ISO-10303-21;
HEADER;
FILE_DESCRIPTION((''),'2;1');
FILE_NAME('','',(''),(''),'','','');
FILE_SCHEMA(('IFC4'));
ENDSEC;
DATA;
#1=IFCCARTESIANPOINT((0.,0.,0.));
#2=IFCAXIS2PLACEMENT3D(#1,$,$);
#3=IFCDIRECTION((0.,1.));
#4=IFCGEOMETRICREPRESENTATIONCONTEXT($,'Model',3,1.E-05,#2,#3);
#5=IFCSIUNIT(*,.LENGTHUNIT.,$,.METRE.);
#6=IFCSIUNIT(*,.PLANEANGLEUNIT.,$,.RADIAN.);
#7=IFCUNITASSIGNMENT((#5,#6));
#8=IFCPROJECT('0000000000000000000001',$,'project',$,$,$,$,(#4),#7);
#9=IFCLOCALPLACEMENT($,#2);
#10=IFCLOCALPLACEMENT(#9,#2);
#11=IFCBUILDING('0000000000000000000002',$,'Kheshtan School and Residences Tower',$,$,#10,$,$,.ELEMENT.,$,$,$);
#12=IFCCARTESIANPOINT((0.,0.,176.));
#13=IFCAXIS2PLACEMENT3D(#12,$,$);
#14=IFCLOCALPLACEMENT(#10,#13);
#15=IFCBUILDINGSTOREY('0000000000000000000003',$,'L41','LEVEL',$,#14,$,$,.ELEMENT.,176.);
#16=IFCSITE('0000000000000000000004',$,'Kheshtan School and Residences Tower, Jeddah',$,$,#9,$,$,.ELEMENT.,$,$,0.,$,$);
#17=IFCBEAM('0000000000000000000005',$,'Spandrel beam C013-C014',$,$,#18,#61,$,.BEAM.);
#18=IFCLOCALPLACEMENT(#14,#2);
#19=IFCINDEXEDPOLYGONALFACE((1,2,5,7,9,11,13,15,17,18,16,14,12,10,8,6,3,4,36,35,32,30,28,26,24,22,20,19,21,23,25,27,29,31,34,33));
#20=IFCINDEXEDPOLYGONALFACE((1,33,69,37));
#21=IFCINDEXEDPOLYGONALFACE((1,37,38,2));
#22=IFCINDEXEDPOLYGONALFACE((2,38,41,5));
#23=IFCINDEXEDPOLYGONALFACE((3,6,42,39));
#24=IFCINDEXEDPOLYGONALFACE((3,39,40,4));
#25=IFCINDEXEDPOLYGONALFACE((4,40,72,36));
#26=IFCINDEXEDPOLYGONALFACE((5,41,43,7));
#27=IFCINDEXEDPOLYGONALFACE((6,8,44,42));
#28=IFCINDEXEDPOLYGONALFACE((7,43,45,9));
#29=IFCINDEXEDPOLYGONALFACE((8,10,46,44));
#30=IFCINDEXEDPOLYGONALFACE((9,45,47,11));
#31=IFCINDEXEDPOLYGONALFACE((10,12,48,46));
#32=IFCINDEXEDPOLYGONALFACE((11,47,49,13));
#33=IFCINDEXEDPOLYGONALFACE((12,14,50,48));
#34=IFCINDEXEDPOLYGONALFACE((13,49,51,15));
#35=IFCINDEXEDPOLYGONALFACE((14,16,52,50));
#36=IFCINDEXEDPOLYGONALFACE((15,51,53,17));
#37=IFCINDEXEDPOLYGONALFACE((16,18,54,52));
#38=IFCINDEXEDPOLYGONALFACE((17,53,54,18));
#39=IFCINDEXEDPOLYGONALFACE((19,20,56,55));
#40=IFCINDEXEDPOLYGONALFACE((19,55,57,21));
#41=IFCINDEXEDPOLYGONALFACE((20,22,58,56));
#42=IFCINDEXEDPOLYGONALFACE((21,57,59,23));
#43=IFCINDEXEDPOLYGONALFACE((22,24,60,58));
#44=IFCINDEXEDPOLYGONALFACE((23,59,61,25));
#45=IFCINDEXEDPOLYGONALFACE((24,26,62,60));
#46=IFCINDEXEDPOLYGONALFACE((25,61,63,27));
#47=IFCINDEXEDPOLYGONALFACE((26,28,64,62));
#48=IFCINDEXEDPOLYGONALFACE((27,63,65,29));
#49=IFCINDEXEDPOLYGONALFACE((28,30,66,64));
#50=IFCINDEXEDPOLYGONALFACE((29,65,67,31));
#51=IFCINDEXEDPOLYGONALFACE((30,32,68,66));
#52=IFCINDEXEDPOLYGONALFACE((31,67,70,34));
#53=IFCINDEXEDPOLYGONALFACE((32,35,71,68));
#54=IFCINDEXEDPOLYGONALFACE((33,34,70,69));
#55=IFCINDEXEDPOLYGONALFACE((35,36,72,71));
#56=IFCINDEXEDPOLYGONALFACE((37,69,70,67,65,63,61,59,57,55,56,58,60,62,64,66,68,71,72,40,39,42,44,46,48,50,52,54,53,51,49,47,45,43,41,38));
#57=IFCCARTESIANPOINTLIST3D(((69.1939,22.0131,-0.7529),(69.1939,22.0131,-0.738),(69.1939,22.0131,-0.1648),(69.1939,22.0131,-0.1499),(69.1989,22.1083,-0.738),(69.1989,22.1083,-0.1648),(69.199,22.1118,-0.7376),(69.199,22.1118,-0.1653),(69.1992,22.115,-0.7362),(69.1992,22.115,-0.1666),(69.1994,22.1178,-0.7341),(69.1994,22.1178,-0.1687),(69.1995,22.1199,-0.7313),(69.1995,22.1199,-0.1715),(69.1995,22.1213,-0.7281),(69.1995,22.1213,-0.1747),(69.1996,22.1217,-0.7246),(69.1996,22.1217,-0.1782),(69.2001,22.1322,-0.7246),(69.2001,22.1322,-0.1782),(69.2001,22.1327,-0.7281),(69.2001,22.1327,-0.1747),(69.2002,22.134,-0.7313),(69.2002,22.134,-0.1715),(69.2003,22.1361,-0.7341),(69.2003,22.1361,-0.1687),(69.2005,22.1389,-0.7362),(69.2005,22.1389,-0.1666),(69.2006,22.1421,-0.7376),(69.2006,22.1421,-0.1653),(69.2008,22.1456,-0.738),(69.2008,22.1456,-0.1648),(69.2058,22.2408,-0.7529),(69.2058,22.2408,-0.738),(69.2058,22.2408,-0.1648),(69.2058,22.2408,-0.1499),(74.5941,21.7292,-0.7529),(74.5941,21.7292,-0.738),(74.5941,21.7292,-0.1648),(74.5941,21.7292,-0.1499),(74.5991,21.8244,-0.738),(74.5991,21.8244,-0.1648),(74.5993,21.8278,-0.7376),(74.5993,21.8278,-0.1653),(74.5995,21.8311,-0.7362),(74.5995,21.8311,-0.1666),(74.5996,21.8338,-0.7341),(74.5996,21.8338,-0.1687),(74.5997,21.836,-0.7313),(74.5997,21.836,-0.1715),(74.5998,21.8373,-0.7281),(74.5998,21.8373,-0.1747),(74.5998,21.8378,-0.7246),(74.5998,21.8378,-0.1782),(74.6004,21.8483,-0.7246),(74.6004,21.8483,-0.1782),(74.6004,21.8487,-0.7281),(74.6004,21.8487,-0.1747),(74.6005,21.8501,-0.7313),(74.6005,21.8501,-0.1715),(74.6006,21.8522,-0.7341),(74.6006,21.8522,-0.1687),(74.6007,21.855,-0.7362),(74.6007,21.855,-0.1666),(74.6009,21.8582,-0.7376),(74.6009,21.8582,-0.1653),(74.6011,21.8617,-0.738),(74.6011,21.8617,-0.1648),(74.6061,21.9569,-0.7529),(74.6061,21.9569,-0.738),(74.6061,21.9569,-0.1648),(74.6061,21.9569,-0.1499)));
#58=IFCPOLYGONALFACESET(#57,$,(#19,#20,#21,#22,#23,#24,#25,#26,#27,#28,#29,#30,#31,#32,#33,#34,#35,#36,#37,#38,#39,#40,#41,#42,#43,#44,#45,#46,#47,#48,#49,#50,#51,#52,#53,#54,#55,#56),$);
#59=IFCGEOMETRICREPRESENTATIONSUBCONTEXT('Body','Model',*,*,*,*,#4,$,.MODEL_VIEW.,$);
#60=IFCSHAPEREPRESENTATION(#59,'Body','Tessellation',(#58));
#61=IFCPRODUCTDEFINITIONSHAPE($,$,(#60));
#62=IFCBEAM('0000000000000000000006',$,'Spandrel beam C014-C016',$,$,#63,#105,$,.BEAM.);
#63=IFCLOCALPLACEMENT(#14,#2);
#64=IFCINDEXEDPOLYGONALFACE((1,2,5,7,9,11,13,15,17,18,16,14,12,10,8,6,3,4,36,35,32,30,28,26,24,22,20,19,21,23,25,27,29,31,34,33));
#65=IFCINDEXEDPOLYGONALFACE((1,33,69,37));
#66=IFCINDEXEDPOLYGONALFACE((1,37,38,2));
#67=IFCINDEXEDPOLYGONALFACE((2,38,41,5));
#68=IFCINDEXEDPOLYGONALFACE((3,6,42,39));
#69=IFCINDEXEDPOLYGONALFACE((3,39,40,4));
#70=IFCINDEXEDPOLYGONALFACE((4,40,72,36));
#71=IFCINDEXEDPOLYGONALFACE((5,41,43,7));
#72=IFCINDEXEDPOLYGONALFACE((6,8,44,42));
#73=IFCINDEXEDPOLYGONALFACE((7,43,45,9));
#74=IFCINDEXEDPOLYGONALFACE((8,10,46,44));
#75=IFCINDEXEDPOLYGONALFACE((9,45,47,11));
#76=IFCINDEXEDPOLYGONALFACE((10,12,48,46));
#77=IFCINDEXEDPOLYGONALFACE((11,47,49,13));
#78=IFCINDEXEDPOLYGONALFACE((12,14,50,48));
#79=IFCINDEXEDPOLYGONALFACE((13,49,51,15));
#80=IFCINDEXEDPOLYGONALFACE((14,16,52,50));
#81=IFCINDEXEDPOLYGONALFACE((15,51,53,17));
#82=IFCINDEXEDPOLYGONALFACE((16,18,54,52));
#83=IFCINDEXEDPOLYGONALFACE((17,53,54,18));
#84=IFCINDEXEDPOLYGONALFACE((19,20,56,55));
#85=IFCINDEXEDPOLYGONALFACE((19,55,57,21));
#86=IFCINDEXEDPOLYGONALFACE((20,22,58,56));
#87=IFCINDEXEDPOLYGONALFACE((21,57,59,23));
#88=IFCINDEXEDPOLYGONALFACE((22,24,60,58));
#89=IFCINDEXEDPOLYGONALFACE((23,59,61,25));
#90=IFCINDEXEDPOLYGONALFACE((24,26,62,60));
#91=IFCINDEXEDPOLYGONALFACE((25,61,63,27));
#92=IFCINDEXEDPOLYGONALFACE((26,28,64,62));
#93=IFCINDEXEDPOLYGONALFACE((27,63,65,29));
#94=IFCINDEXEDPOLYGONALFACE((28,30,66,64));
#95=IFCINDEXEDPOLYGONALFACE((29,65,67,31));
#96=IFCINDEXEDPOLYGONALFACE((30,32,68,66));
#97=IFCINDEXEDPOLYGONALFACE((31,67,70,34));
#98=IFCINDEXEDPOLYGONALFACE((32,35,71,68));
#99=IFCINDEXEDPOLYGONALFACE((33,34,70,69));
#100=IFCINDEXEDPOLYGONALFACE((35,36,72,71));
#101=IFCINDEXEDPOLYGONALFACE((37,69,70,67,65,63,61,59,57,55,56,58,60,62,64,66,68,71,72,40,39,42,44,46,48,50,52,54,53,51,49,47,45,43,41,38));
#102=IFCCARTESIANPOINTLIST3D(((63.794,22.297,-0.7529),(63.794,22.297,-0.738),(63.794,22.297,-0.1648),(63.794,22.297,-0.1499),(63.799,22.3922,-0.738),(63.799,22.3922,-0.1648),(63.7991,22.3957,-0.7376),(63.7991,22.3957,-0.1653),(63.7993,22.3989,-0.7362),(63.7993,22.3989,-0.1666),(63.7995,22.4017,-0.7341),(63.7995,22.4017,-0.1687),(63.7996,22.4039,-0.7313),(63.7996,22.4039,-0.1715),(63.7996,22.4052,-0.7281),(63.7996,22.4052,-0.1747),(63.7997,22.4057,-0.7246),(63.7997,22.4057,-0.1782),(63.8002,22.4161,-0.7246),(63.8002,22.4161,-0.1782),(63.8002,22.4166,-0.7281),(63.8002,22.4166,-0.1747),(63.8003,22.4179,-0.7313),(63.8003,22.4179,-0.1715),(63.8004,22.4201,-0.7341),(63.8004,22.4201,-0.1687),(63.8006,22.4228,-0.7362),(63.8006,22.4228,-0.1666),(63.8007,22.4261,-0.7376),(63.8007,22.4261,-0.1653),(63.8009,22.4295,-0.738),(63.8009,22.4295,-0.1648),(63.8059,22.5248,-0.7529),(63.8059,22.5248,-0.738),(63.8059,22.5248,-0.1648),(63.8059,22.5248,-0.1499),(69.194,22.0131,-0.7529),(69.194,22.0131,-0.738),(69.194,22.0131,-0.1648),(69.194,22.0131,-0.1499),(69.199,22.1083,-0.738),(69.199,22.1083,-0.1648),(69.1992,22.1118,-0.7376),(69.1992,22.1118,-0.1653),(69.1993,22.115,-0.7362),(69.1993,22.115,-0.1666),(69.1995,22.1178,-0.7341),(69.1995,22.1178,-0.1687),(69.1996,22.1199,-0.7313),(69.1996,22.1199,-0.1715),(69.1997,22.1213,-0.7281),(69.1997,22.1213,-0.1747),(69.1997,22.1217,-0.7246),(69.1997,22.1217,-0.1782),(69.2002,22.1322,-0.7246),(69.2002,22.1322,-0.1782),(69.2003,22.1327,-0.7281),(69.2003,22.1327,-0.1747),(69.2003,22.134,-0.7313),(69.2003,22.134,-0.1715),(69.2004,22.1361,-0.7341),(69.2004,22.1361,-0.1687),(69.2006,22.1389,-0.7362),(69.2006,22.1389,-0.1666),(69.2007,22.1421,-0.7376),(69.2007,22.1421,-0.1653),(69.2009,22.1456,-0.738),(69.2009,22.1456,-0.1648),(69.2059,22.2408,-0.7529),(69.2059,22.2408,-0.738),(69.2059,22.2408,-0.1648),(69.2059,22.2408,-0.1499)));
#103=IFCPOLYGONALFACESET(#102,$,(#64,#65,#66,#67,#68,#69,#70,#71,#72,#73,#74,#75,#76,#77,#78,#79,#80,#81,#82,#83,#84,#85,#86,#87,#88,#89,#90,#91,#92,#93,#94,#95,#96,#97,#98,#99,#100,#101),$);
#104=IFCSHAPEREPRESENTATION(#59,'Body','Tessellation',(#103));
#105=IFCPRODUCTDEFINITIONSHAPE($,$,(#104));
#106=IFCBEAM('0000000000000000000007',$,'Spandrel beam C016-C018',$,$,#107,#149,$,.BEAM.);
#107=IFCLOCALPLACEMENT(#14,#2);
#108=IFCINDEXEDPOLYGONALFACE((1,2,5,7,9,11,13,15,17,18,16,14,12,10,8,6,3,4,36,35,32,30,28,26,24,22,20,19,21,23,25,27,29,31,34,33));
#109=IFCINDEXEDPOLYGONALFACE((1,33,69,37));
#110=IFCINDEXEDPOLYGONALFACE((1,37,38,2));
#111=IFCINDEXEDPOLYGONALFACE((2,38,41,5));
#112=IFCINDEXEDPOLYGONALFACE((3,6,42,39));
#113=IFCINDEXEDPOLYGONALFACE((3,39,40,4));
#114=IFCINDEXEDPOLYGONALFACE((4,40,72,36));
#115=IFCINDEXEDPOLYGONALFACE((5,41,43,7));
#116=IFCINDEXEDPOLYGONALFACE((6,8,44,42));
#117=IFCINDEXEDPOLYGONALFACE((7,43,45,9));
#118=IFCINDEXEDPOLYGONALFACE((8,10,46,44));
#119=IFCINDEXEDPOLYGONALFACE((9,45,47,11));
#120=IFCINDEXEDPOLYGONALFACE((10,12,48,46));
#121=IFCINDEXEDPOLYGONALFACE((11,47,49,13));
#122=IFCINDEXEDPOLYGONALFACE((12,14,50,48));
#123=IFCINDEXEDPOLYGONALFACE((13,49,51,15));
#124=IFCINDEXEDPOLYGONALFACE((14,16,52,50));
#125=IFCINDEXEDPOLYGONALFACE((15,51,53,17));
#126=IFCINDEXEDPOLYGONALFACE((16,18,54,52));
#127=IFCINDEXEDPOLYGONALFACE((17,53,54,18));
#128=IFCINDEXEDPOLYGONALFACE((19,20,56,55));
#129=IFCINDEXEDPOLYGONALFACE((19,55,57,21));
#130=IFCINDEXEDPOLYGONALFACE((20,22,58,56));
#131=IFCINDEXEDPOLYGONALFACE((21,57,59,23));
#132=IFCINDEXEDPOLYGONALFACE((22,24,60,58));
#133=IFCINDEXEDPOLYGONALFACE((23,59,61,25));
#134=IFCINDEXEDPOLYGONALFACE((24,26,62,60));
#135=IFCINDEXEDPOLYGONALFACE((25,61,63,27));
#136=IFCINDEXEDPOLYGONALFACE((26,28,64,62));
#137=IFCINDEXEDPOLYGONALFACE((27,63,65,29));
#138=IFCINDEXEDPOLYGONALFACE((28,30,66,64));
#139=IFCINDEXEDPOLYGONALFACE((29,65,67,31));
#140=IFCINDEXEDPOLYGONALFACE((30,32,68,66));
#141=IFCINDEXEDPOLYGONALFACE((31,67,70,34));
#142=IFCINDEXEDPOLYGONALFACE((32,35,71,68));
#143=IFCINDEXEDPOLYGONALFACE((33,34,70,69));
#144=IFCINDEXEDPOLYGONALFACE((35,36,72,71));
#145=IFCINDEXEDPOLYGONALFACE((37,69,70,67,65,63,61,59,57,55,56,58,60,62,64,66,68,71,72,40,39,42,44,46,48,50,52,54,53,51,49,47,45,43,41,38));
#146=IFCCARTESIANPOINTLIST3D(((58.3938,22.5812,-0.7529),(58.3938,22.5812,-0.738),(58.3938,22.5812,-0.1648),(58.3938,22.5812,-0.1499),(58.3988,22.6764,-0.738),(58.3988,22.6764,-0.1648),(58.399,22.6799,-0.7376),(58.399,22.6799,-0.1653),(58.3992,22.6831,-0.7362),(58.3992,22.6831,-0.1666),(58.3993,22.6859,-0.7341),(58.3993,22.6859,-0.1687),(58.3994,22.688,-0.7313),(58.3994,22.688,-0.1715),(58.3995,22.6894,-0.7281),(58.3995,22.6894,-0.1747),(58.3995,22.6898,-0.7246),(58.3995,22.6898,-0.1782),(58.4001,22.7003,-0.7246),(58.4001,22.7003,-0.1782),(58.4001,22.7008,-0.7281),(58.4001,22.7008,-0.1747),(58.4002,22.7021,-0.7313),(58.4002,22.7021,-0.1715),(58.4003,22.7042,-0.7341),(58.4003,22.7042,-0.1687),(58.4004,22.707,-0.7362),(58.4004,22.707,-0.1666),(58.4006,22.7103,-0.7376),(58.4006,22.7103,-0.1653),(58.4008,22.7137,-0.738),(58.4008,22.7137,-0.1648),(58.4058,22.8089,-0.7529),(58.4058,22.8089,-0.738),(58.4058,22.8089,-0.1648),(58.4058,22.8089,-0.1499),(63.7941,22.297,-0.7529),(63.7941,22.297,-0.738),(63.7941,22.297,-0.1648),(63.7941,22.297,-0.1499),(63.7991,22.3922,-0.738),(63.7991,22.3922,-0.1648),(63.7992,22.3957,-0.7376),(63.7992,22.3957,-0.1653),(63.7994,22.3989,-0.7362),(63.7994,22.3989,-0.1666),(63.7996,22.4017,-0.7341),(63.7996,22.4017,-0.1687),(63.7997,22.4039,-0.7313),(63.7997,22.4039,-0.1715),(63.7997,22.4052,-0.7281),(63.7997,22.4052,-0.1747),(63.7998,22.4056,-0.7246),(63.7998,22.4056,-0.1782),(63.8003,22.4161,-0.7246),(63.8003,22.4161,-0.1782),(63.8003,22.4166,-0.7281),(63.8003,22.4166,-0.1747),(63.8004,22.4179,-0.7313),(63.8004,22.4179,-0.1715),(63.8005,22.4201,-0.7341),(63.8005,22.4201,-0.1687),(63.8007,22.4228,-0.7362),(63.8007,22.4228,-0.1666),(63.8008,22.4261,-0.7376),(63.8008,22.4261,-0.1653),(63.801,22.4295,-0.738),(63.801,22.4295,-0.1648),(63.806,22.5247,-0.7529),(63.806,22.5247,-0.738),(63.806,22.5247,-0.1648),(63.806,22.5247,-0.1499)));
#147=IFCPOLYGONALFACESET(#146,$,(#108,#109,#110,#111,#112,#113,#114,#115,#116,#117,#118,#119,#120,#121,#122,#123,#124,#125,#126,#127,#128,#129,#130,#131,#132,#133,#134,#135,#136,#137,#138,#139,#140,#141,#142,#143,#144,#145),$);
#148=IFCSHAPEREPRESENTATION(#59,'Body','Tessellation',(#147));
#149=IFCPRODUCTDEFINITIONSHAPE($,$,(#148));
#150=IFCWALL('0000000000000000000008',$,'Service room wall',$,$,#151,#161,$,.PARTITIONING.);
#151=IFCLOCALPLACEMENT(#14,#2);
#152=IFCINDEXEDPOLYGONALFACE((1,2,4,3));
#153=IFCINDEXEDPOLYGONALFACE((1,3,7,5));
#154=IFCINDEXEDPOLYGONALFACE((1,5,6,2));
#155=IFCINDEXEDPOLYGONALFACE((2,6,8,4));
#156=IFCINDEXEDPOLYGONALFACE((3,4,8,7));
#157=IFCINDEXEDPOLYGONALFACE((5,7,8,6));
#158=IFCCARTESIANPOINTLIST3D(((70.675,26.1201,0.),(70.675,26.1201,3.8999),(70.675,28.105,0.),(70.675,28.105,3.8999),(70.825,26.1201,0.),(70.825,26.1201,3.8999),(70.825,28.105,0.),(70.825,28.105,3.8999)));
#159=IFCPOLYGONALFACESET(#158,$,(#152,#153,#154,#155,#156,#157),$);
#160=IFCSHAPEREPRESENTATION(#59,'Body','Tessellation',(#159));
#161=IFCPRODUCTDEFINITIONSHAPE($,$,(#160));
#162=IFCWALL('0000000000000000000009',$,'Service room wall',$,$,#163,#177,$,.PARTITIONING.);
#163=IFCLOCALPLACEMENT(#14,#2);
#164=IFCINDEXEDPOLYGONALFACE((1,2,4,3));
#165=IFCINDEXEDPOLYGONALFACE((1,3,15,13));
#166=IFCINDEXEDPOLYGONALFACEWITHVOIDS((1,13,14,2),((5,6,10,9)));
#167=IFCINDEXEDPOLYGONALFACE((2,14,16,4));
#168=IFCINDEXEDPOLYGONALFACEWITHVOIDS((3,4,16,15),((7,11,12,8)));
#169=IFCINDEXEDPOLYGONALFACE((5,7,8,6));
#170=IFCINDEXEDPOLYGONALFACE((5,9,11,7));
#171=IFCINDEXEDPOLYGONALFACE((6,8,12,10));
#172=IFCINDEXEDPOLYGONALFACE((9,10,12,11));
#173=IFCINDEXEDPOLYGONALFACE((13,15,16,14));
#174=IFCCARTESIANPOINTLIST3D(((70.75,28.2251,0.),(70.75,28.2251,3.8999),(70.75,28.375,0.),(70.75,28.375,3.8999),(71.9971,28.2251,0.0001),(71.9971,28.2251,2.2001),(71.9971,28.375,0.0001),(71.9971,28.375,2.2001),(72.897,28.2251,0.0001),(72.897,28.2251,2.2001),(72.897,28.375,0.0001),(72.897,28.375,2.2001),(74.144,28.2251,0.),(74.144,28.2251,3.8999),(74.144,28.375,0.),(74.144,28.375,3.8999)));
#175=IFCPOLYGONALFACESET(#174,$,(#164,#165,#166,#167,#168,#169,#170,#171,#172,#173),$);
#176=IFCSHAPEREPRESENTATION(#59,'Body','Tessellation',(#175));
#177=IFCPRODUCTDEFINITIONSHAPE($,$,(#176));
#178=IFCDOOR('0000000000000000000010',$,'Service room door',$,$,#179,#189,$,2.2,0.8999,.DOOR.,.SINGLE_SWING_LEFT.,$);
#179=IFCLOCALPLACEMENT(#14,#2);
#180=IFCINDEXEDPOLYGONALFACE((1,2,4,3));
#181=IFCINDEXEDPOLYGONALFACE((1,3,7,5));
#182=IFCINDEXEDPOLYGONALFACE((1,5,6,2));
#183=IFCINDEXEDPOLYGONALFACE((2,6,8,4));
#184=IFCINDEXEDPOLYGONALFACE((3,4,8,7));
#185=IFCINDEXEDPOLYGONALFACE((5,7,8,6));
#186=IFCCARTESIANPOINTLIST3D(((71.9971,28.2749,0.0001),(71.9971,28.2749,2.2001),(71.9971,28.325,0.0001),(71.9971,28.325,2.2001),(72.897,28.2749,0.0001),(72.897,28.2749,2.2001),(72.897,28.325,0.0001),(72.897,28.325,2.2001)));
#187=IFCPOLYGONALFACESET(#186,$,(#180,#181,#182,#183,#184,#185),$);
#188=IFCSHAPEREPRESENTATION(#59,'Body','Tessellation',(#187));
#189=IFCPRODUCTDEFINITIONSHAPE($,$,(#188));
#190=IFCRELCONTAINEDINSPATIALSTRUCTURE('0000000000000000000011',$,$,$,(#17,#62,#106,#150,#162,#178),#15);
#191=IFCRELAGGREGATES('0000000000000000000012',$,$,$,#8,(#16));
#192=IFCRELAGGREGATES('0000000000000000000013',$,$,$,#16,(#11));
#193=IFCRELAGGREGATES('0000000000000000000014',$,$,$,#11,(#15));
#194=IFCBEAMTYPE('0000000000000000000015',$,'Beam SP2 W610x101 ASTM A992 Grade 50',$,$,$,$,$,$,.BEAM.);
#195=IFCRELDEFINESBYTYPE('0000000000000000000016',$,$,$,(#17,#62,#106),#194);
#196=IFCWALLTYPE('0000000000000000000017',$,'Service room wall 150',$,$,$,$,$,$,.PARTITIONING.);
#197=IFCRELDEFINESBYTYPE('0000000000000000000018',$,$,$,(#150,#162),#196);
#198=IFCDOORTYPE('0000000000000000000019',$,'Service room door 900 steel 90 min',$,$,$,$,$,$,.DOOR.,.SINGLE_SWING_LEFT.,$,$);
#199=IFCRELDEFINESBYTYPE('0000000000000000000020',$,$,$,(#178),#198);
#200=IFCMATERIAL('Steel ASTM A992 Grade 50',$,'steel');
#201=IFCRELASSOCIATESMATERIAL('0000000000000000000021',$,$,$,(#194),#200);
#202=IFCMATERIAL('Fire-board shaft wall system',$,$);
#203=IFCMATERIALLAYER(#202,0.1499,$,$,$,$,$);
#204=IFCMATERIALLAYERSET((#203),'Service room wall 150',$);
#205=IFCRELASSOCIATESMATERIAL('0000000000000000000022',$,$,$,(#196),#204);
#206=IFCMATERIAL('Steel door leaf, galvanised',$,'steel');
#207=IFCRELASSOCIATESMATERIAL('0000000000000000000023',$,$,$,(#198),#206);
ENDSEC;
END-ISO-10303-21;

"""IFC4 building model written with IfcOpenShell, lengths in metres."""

from ifc_helpers import new_model, si_unit, direction, frame, frame_2d, origin, origin_2d, place, context, subcontext, project, spatial, rectangle, i_section, extrude, source, transform, mapped, material, layer, layer_set, material_profile, profile_set, type_object, element, fill, save


model = new_model("IFC4")

# Units and contexts
model_context = context("Model", 3, precision=1e-05, world=origin(), true_north=direction((0.0, 1.0)))
body_context = subcontext(model_context, "Body", "Model", "MODEL_VIEW")
ifc_project = project(units=[si_unit("LENGTHUNIT", "METRE"), si_unit("PLANEANGLEUNIT", "RADIAN")], contexts=[model_context])

# Site, building, storey
site_placement = place(None, origin())
site = spatial("IfcSite", under=ifc_project, at=site_placement, Name="Kheshtan School and Residences Tower, Jeddah", CompositionType="ELEMENT", RefElevation=0.0)
building_placement = place(site_placement, origin())
building = spatial("IfcBuilding", under=site, at=building_placement, Name="Kheshtan School and Residences Tower", CompositionType="ELEMENT")
storey_placement = place(building_placement, frame((0.0, 0.0, 176.0)))
storey = spatial("IfcBuildingStorey", under=building, at=storey_placement, Name="L41", Description="LEVEL", CompositionType="ELEMENT", Elevation=176.0)

# Shared definitions
ifc_material_1 = material(Name="Steel ASTM A992 Grade 50", Category="steel")

# Beams
ifc_material_profile_1 = material_profile(ifc_material_1, i_section(OverallWidth=0.228, OverallDepth=0.603, WebThickness=0.0105, FlangeThickness=0.0149, FilletRadius=0.0134, at=origin_2d()), Name="W610x101")
ifc_profile_set_1 = profile_set([ifc_material_profile_1], Name="Steel ASTM A992 Grade 50")
beam_type_1 = type_object("IfcBeamType", Name="Beam SP2 W610x101 ASTM A992 Grade 50", PredefinedType="BEAM", material=ifc_profile_set_1)
beam_1_placement = place(storey_placement, frame((74.6001, 21.843, -0.4514), z_axis=(-0.998621, 0.052507, 0.0), x_axis=(-0.052507, -0.998621, 0.0)))
element("IfcBeam", 1, at=beam_1_placement, inside=storey, type_object=beam_type_1, Name="Spandrel beam C013-C014", PredefinedType="BEAM", context=body_context, shape_type="SweptSolid", body=[
    extrude(i_section(OverallWidth=0.228, OverallDepth=0.603, WebThickness=0.0105, FlangeThickness=0.0149, FilletRadius=0.0134, at=origin_2d()), origin(), (0.0, 0.0, 1.0), 5.4077),
])
beam_2_placement = place(storey_placement, frame((69.2, 22.127, -0.4514), z_axis=(-0.99862, 0.052509, 0.0), x_axis=(-0.052509, -0.99862, 0.0)))
element("IfcBeam", 2, at=beam_2_placement, inside=storey, type_object=beam_type_1, Name="Spandrel beam C014-C016", PredefinedType="BEAM", context=body_context, shape_type="SweptSolid", body=[
    extrude(i_section(OverallWidth=0.228, OverallDepth=0.603, WebThickness=0.0105, FlangeThickness=0.0149, FilletRadius=0.0134, at=origin_2d()), origin(), (0.0, 0.0, 1.0), 5.4075),
])
beam_3_placement = place(storey_placement, frame((63.8, 22.4109, -0.4514), z_axis=(-0.998618, 0.052552, 0.0), x_axis=(-0.052552, -0.998618, 0.0)))
element("IfcBeam", 3, at=beam_3_placement, inside=storey, type_object=beam_type_1, Name="Spandrel beam C016-C018", PredefinedType="BEAM", context=body_context, shape_type="SweptSolid", body=[
    extrude(i_section(OverallWidth=0.228, OverallDepth=0.603, WebThickness=0.0105, FlangeThickness=0.0149, FilletRadius=0.0134, at=origin_2d()), origin(), (0.0, 0.0, 1.0), 5.4077),
])

# Wall
ifc_material_2 = material(Name="Fire-board shaft wall system")
ifc_layer_1 = layer(ifc_material_2, 0.1499)
ifc_layer_set_1 = layer_set([ifc_layer_1], Name="Service room wall 150")
wall_type_1 = type_object("IfcWallType", Name="Service room wall 150", PredefinedType="PARTITIONING", material=ifc_layer_set_1)
wall_1_placement = place(storey_placement, frame((70.75, 26.1201, 0.0), z_axis=(0.0, 0.0, 1.0), x_axis=(0.0, 1.0, 0.0)))
element("IfcWall", 4, at=wall_1_placement, inside=storey, type_object=wall_type_1, Name="Service room wall", PredefinedType="PARTITIONING", context=body_context, shape_type="SweptSolid", body=[
    extrude(rectangle(XDim=1.9849, YDim=0.1499, at=frame_2d((0.9924, 0.0))), origin(), (0.0, 0.0, 1.0), 3.8999),
])

# Wall, opening, door
wall_2_placement = place(storey_placement, frame((70.75, 28.3, 0.0), z_axis=(0.0, 0.0, 1.0), x_axis=(1.0, 0.0, 0.0)))
wall_2 = element("IfcWall", 5, at=wall_2_placement, inside=storey, type_object=wall_type_1, Name="Service room wall", PredefinedType="PARTITIONING", context=body_context, shape_type="SweptSolid", body=[
    extrude(rectangle(XDim=3.394, YDim=0.1499, at=frame_2d((1.697, 0.0))), origin(), (0.0, 0.0, 1.0), 3.8999),
])
opening_1_placement = place(wall_2_placement, frame((1.2471, 0.0, 0.0)))
opening_1 = element("IfcOpeningElement", 6, at=opening_1_placement, cuts=wall_2, PredefinedType="OPENING", context=body_context, shape_type="SweptSolid", body=[
    extrude(rectangle(XDim=0.8999, YDim=2.2, at=frame_2d((0.45, 1.1001))), frame((0.0, 0.085, 0.0), z_axis=(0.0, -1.0, 0.0), x_axis=(1.0, 0.0, 0.0)), (0.0, 0.0, 1.0), 0.1699),
])
ifc_material_3 = material(Name="Steel door leaf, galvanised", Category="steel")
door_type_1 = type_object("IfcDoorType", Name="Service room door 900 steel 90 min", OperationType="SINGLE_SWING_LEFT", PredefinedType="DOOR", material=ifc_material_3)
shared_shape_1 = source(origin(), body_context, "Body", "SweptSolid", [
    extrude(rectangle(XDim=0.8999, YDim=2.2, at=frame_2d((0.45, 1.1001))), frame((0.0, 0.0249, 0.0), z_axis=(0.0, -1.0, 0.0), x_axis=(1.0, 0.0, 0.0)), (0.0, 0.0, 1.0), 0.05),
])
door_1_placement = place(opening_1_placement, origin())
door_1 = element("IfcDoor", 7, at=door_1_placement, inside=storey, type_object=door_type_1, Name="Service room door", OperationType="SINGLE_SWING_LEFT", OverallHeight=2.2, OverallWidth=0.8999, PredefinedType="DOOR", context=body_context, shape_type="MappedRepresentation", body=[
    mapped(shared_shape_1, transform((0.0, 0.0, 0.0), x_axis=(1.0, 0.0, 0.0), y_axis=(0.0, 1.0, 0.0), z_axis=(0.0, 0.0, 1.0), scale=1.0)),
])
fill(opening_1, door_1)

save(model, "model.ifc")
